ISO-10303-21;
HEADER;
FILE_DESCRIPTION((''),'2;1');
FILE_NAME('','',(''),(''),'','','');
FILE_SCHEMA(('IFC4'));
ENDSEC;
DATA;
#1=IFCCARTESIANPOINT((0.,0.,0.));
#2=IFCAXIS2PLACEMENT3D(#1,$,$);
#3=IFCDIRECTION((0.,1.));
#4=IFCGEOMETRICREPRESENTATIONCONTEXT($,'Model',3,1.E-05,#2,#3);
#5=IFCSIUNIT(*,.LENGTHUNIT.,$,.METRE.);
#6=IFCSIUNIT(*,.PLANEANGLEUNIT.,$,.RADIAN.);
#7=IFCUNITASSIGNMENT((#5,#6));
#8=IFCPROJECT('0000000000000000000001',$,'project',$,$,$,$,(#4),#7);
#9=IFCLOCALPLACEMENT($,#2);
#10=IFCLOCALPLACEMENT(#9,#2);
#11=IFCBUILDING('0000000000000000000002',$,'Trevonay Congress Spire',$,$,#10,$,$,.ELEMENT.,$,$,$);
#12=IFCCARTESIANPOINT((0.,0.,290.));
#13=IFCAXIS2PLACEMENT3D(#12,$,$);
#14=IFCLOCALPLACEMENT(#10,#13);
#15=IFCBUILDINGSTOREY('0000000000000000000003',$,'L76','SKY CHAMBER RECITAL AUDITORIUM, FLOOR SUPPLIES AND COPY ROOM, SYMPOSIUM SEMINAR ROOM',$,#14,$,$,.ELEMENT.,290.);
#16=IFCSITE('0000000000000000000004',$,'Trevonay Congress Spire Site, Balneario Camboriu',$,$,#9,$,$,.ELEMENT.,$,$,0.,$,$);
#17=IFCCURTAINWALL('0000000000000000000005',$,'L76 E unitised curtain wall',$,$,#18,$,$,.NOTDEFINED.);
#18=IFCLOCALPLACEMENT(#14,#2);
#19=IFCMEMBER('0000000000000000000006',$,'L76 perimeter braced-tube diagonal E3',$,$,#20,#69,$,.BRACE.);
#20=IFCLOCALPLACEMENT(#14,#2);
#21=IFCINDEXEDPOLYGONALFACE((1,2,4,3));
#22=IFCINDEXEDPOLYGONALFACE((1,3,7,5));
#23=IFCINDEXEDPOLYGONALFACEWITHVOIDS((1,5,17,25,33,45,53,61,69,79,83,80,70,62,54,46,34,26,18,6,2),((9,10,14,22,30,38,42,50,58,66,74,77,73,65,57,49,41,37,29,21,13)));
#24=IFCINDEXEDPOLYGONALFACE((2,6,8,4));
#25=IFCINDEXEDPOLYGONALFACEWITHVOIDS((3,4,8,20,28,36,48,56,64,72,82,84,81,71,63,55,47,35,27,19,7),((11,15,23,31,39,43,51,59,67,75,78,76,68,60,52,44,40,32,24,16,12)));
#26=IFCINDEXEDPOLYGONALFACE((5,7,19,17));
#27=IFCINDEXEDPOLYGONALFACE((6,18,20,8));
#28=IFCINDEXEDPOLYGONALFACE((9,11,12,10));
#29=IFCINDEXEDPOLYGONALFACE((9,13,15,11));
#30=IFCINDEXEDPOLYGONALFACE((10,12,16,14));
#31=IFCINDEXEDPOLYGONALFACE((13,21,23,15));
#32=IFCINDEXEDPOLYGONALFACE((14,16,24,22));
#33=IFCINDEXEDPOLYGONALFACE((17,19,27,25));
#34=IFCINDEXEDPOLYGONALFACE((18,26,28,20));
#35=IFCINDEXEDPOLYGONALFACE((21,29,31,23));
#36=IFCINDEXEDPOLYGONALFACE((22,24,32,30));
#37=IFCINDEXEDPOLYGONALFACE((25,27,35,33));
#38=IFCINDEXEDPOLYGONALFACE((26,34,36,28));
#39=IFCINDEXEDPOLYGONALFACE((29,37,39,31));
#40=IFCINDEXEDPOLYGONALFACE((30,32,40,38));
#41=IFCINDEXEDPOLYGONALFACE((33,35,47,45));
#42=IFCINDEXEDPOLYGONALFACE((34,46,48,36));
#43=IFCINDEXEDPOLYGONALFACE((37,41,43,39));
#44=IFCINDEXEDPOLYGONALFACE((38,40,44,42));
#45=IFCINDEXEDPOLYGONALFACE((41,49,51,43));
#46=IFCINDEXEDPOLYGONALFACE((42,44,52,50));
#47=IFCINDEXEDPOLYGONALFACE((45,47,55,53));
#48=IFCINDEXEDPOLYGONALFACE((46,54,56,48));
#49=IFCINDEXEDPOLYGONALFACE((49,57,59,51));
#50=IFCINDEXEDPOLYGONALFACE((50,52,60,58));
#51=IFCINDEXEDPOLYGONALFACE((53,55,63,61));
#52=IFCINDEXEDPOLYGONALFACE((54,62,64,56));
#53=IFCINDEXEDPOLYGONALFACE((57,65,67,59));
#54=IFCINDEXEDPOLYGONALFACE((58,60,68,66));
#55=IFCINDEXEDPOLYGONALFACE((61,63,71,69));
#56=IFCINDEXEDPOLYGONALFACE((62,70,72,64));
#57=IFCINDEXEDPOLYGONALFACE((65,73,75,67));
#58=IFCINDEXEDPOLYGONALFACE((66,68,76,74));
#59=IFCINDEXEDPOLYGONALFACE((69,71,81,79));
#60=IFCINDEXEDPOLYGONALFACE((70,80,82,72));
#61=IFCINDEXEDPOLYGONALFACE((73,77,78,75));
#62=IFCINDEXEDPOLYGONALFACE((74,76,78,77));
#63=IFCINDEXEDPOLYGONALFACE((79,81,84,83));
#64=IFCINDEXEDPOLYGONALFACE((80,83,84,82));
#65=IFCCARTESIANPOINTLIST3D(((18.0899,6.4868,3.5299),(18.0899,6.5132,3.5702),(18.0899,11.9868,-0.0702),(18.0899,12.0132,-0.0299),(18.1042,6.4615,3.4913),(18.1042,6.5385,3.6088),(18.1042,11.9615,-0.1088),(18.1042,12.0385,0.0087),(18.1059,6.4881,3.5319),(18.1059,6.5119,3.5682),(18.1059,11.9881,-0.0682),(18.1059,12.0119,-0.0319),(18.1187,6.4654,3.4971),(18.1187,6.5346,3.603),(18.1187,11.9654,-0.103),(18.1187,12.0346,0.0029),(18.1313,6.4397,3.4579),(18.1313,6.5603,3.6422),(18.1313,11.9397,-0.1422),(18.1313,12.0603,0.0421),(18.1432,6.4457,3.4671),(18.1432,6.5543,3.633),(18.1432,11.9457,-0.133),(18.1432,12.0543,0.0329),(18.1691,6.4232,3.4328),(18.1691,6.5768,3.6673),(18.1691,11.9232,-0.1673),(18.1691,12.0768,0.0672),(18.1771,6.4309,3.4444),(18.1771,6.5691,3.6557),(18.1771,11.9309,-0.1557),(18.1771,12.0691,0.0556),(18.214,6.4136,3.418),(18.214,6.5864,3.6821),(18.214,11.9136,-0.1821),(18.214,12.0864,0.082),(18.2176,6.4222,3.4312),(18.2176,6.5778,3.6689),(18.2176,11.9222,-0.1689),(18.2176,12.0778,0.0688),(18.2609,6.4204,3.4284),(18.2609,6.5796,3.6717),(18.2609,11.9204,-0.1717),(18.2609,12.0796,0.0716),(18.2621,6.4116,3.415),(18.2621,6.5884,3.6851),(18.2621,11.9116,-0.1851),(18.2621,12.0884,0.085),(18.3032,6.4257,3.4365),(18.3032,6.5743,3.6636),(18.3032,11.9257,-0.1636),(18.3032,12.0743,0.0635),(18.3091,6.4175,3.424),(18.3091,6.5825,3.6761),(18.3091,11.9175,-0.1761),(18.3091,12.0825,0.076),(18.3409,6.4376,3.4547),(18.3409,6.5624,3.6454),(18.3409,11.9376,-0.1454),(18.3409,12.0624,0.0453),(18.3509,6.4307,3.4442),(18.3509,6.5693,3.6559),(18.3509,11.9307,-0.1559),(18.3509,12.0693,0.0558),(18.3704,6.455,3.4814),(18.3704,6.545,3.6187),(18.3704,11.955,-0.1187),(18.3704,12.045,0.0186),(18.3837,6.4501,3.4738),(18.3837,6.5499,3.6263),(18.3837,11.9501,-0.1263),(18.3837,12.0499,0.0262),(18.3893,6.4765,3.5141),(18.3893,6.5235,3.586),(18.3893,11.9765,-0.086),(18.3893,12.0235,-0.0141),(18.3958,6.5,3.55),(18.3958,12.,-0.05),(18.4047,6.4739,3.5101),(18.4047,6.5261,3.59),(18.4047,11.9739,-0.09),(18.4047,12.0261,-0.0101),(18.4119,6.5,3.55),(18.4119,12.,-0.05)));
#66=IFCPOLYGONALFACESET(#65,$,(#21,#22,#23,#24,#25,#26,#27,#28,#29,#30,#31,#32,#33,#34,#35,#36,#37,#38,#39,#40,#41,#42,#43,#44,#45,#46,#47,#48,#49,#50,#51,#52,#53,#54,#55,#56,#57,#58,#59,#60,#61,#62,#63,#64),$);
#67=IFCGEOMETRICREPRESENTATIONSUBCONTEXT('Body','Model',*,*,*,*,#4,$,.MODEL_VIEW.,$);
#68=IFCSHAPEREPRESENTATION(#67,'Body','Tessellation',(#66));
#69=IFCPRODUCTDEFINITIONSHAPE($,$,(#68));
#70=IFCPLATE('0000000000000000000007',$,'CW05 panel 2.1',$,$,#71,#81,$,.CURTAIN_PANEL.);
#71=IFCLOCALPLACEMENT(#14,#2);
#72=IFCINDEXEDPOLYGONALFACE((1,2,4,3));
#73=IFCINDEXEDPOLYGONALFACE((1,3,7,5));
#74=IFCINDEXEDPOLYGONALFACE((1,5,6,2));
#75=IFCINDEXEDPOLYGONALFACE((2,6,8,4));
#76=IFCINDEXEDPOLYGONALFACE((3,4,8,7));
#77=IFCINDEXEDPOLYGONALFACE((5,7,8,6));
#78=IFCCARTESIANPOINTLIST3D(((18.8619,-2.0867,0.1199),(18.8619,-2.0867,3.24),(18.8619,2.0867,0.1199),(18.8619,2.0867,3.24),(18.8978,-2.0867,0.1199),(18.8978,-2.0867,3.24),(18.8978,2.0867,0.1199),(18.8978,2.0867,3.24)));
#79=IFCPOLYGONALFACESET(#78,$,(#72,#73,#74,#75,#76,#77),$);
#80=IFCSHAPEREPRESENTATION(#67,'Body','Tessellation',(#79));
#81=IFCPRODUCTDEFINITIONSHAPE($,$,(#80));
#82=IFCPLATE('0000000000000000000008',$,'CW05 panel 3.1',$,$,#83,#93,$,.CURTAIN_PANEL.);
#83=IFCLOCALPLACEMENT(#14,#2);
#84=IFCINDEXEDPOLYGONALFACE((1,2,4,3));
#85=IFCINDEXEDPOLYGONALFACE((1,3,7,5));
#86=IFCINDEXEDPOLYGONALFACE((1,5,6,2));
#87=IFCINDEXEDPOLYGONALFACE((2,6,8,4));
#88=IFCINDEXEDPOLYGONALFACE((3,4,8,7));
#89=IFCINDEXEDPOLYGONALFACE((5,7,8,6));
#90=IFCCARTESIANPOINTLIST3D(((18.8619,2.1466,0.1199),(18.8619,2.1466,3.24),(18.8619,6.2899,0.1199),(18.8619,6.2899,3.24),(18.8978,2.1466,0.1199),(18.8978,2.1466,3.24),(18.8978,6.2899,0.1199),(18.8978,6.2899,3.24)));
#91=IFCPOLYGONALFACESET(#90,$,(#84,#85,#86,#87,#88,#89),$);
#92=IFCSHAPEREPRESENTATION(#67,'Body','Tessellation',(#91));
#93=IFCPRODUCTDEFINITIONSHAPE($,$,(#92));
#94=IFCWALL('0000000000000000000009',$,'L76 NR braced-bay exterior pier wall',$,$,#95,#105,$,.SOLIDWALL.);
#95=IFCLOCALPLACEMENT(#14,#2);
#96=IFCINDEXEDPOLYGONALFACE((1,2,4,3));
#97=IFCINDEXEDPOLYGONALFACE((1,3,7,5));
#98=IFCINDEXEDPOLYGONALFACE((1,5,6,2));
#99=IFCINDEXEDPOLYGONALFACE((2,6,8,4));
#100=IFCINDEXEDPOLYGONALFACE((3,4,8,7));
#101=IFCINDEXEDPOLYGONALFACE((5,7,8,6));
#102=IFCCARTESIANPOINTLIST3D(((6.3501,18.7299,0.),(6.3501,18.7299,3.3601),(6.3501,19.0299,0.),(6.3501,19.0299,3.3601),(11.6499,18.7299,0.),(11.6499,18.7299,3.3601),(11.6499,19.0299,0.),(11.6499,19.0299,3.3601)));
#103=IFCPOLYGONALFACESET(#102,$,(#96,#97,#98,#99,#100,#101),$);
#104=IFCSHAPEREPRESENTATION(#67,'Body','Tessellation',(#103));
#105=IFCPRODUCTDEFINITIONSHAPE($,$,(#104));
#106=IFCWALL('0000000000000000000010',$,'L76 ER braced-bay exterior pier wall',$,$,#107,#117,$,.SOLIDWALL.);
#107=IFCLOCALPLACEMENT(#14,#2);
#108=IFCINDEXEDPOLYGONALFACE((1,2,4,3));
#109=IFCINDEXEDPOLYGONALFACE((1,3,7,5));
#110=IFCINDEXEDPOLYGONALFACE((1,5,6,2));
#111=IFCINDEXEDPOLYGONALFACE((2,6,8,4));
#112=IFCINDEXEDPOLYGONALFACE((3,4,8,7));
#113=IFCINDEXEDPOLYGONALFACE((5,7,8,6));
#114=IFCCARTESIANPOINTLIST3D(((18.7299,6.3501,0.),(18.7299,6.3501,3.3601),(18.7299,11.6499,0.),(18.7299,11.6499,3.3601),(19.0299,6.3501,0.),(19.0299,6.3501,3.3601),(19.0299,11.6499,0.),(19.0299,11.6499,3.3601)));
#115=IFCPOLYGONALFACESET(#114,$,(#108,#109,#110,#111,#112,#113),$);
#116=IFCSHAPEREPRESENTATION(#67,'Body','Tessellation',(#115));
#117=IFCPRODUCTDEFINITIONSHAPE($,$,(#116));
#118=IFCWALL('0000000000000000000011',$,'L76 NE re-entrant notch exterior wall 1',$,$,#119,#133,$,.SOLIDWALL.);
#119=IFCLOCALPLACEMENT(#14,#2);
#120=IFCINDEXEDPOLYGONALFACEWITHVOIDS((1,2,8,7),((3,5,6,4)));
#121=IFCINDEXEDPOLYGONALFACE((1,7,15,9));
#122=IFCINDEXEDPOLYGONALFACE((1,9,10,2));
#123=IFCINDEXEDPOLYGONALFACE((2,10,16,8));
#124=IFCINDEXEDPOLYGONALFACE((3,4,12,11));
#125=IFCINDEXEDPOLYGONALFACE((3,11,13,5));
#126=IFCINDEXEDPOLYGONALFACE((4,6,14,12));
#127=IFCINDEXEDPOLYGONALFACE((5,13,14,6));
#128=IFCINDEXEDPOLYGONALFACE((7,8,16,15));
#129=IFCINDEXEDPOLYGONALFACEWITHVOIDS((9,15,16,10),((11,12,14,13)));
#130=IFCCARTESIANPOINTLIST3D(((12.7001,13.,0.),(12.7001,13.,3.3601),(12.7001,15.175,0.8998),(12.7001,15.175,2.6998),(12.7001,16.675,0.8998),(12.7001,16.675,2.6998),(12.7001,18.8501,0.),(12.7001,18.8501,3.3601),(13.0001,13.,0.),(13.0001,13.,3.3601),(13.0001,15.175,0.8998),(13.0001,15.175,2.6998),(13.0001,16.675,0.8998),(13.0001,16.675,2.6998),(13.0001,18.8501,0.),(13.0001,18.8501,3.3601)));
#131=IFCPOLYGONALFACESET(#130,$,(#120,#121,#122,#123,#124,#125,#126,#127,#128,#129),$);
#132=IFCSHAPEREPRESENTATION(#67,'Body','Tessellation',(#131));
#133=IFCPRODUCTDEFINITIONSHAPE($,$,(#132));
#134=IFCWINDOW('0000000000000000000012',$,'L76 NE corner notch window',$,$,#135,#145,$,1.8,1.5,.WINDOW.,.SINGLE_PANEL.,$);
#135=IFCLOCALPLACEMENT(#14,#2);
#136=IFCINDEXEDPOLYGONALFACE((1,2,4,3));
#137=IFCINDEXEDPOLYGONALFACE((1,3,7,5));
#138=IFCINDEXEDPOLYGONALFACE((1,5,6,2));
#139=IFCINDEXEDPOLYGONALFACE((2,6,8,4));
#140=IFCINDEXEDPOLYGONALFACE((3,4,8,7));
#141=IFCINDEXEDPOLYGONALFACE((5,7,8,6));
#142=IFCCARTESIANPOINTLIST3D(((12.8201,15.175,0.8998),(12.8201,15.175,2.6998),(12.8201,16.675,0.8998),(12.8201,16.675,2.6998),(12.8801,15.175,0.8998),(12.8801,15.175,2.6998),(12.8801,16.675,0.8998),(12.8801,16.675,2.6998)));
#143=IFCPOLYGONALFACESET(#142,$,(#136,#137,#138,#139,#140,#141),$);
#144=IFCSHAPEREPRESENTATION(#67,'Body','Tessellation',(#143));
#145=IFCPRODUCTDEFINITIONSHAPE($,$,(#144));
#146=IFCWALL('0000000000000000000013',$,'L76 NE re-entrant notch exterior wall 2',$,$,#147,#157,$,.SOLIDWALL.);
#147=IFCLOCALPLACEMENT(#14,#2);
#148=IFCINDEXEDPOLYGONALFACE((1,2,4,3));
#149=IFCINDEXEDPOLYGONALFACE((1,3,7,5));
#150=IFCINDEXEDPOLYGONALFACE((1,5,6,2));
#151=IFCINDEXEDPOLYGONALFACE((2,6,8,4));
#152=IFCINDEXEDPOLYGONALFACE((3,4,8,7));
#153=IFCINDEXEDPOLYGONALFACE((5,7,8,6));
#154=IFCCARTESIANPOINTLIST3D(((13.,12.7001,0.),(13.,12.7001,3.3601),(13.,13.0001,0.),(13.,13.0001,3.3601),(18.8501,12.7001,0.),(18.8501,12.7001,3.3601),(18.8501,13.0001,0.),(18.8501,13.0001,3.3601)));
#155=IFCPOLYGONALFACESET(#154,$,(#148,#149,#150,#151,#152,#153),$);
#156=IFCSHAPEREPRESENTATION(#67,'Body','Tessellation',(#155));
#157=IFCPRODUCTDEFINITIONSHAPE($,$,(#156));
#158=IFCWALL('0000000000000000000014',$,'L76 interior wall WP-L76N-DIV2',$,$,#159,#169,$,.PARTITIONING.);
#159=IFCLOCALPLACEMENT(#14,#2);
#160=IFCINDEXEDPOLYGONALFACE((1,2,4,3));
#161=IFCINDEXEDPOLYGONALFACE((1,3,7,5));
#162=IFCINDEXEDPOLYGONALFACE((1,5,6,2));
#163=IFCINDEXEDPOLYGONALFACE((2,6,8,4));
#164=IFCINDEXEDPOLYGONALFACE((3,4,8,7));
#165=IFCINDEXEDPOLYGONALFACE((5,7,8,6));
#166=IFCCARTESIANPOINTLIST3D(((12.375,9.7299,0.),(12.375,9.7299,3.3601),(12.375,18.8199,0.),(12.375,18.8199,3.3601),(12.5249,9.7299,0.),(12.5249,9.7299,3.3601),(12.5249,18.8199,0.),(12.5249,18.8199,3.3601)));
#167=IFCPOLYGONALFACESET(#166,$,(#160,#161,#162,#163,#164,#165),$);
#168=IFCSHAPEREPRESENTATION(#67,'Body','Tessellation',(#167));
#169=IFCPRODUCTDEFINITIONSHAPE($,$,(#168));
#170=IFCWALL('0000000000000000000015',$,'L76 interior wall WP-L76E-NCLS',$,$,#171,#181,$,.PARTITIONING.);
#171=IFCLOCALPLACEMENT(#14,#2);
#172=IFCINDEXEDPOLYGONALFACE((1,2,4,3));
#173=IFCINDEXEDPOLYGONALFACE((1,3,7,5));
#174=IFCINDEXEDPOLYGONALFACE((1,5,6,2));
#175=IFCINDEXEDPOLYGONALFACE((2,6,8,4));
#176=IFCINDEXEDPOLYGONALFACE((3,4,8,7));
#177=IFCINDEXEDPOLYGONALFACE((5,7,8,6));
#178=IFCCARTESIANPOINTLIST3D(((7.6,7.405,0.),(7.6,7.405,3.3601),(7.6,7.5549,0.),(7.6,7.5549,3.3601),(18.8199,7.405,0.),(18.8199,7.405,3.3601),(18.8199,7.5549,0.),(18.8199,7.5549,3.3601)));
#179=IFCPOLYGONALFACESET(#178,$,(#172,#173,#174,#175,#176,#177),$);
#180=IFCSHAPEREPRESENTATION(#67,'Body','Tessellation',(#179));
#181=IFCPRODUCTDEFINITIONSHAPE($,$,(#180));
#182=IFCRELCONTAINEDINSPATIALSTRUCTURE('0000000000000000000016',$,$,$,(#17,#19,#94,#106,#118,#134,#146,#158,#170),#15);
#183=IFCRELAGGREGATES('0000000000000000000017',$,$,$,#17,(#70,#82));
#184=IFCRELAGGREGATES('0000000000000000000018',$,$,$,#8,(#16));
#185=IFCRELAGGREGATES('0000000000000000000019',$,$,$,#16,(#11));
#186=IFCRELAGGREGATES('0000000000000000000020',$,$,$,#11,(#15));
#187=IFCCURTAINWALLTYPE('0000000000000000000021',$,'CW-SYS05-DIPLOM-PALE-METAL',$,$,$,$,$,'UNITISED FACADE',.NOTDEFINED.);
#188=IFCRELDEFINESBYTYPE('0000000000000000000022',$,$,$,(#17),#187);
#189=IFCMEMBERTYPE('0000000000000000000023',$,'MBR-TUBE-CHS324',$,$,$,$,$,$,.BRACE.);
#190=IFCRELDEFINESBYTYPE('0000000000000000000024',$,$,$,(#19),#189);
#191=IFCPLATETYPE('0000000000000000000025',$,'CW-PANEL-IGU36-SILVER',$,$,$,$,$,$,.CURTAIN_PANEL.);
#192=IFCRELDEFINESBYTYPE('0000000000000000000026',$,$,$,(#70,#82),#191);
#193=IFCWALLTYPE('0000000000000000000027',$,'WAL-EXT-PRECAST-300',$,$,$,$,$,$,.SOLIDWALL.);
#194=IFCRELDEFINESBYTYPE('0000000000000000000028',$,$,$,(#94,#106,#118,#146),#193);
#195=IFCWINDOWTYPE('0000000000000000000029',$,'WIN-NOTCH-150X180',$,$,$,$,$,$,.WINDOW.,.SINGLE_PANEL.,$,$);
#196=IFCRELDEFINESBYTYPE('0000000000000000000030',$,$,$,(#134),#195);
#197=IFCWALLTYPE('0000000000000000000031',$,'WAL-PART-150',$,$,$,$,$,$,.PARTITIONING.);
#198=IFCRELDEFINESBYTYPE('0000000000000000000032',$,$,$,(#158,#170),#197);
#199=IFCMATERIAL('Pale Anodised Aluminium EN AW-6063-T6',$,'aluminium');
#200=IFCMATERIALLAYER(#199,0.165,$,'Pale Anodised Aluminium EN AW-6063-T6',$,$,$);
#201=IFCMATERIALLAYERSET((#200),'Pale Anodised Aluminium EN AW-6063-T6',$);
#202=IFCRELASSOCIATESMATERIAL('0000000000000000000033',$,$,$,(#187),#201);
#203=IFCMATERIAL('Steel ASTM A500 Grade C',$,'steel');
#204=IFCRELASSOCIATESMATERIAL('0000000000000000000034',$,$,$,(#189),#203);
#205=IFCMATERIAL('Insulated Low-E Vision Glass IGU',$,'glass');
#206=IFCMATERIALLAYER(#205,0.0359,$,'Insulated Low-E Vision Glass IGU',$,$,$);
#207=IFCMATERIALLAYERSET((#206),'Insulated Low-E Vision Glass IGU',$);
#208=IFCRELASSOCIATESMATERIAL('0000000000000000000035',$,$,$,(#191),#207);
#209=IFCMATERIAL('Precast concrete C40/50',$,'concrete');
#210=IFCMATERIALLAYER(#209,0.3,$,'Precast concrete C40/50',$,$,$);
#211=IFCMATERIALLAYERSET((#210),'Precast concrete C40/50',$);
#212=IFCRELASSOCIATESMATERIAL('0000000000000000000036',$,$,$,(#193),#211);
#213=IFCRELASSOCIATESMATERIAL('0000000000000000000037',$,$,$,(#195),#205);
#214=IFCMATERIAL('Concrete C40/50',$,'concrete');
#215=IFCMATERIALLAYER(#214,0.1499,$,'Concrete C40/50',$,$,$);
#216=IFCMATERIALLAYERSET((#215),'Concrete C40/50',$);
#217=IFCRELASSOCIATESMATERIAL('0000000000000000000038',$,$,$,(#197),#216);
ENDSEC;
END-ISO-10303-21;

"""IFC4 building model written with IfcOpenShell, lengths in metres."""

from ifc_helpers import new_model, si_unit, direction, frame, frame_2d, origin, origin_2d, place, context, subcontext, project, spatial, rectangle, hollow_circle, extrude, material, layer, layer_set, material_profile, profile_set, type_object, element, fill, aggregate, save


model = new_model("IFC4")

# Units and contexts
model_context = context("Model", 3, precision=1e-05, world=origin(), true_north=direction((0.0, 1.0)))
body_context = subcontext(model_context, "Body", "Model", "MODEL_VIEW")
ifc_project = project(units=[si_unit("LENGTHUNIT", "METRE"), si_unit("PLANEANGLEUNIT", "RADIAN")], contexts=[model_context])

# Site, building, storey
site_placement = place(None, origin())
site = spatial("IfcSite", under=ifc_project, at=site_placement, Name="Trevonay Congress Spire Site, Balneario Camboriu", CompositionType="ELEMENT", RefElevation=0.0)
building_placement = place(site_placement, origin())
building = spatial("IfcBuilding", under=site, at=building_placement, Name="Trevonay Congress Spire", CompositionType="ELEMENT")
storey_placement = place(building_placement, frame((0.0, 0.0, 290.0)))
storey = spatial("IfcBuildingStorey", under=building, at=storey_placement, Name="L76", Description="SKY CHAMBER RECITAL AUDITORIUM, FLOOR SUPPLIES AND COPY ROOM, SYMPOSIUM SEMINAR ROOM", CompositionType="ELEMENT", Elevation=290.0)

# Shared definitions
ifc_material_1 = material(Name="Pale Anodised Aluminium EN AW-6063-T6", Category="aluminium")
ifc_layer_1 = layer(ifc_material_1, 0.165, Name="Pale Anodised Aluminium EN AW-6063-T6")
ifc_layer_set_1 = layer_set([ifc_layer_1], Name="Pale Anodised Aluminium EN AW-6063-T6")
curtain_wall_type = type_object("IfcCurtainWallType", Name="CW-SYS05-DIPLOM-PALE-METAL", ElementType="UNITISED FACADE", PredefinedType="NOTDEFINED", material=ifc_layer_set_1)

# Curtain wall
curtain_wall_1_placement = place(storey_placement, origin())
curtain_wall_1 = element("IfcCurtainWall", 1, at=curtain_wall_1_placement, inside=storey, type_object=curtain_wall_type, Name="L76 E unitised curtain wall", PredefinedType="NOTDEFINED")

# Member
ifc_material_2 = material(Name="Steel ASTM A500 Grade C", Category="steel")
ifc_material_profile_1 = material_profile(ifc_material_2, hollow_circle(Radius=0.1619, WallThickness=0.0161, at=origin_2d()), Name="CHS 323.9x16")
ifc_profile_set_1 = profile_set([ifc_material_profile_1], Name="Steel ASTM A500 Grade C")
member_type_1 = type_object("IfcMemberType", Name="MBR-TUBE-CHS324", PredefinedType="BRACE", material=ifc_profile_set_1)
for number, where, z_axis, x_axis, name in (
    (2, (18.25, 12.0, -0.05), (0.0, -0.836695, 0.54767), (1.0, 0.0, 0.0), "L76 perimeter braced-tube diagonal E3"),
):
    element("IfcMember", number, at=place(storey_placement, frame(where, z_axis=z_axis, x_axis=x_axis)), inside=storey, type_object=member_type_1, Name=name, PredefinedType="BRACE", context=body_context, shape_type="SweptSolid", body=[
        extrude(hollow_circle(Radius=0.1619, WallThickness=0.0161, at=origin_2d()), origin(), (0.0, 0.0, 1.0), 6.5735),
    ])

# Plates
ifc_material_3 = material(Name="Insulated Low-E Vision Glass IGU", Category="glass")
ifc_layer_2 = layer(ifc_material_3, 0.0359, Name="Insulated Low-E Vision Glass IGU")
ifc_layer_set_2 = layer_set([ifc_layer_2], Name="Insulated Low-E Vision Glass IGU")
plate_type = type_object("IfcPlateType", Name="CW-PANEL-IGU36-SILVER", PredefinedType="CURTAIN_PANEL", material=ifc_layer_set_2)
plate_1_placement = place(storey_placement, frame((18.8799, 0.0, 0.1199), z_axis=(0.0, 0.0, 1.0), x_axis=(0.0, 1.0, 0.0)))
plate_1 = element("IfcPlate", 3, at=plate_1_placement, type_object=plate_type, Name="CW05 panel 2.1", PredefinedType="CURTAIN_PANEL", context=body_context, shape_type="SweptSolid", body=[
    extrude(rectangle(XDim=4.1733, YDim=0.0359, at=origin_2d()), origin(), (0.0, 0.0, 1.0), 3.1201),
])
plate_2_placement = place(storey_placement, frame((18.8799, 4.2183, 0.1199), z_axis=(0.0, 0.0, 1.0), x_axis=(0.0, 1.0, 0.0)))
plate_2 = element("IfcPlate", 4, at=plate_2_placement, type_object=plate_type, Name="CW05 panel 3.1", PredefinedType="CURTAIN_PANEL", context=body_context, shape_type="SweptSolid", body=[
    extrude(rectangle(XDim=4.1433, YDim=0.0359, at=origin_2d()), origin(), (0.0, 0.0, 1.0), 3.1201),
])
aggregate(curtain_wall_1, [plate_1, plate_2])

# Walls
ifc_material_4 = material(Name="Precast concrete C40/50", Category="concrete")
ifc_layer_3 = layer(ifc_material_4, 0.3, Name="Precast concrete C40/50")
ifc_layer_set_3 = layer_set([ifc_layer_3], Name="Precast concrete C40/50")
wall_type_1 = type_object("IfcWallType", Name="WAL-EXT-PRECAST-300", PredefinedType="SOLIDWALL", material=ifc_layer_set_3)
for number, where, z_axis, x_axis, name in (
    (5, (6.3501, 18.8799, 0.0), (0.0, 0.0, 1.0), (1.0, 0.0, 0.0), "L76 NR braced-bay exterior pier wall"),
    (6, (18.8799, 6.3501, 0.0), (0.0, 0.0, 1.0), (0.0, 1.0, 0.0), "L76 ER braced-bay exterior pier wall"),
):
    element("IfcWall", number, at=place(storey_placement, frame(where, z_axis=z_axis, x_axis=x_axis)), inside=storey, type_object=wall_type_1, Name=name, PredefinedType="SOLIDWALL", context=body_context, shape_type="SweptSolid", body=[
        extrude(rectangle(XDim=5.2998, YDim=0.3, at=frame_2d((2.6499, 0.0))), origin(), (0.0, 0.0, 1.0), 3.3601),
    ])

# Wall, opening, window
wall_1_placement = place(storey_placement, frame((12.8501, 18.8501, 0.0), z_axis=(0.0, 0.0, 1.0), x_axis=(0.0, -1.0, 0.0)))
wall_1 = element("IfcWall", 7, at=wall_1_placement, inside=storey, type_object=wall_type_1, Name="L76 NE re-entrant notch exterior wall 1", PredefinedType="SOLIDWALL", context=body_context, shape_type="SweptSolid", body=[
    extrude(rectangle(XDim=5.8501, YDim=0.3, at=frame_2d((2.925, 0.0))), origin(), (0.0, 0.0, 1.0), 3.3601),
])
opening_placement = place(wall_1_placement, frame((2.175, 0.0, 0.8999)))
opening = element("IfcOpeningElement", 8, at=opening_placement, cuts=wall_1, PredefinedType="OPENING", context=body_context, shape_type="SweptSolid", body=[
    extrude(rectangle(XDim=1.5, YDim=1.8, at=frame_2d((0.75, 0.8999))), frame((0.0, 0.1602, 0.0), z_axis=(0.0, -1.0, 0.0), x_axis=(1.0, 0.0, 0.0)), (0.0, 0.0, 1.0), 0.3201),
])
window_type = type_object("IfcWindowType", Name="WIN-NOTCH-150X180", PartitioningType="SINGLE_PANEL", PredefinedType="WINDOW", material=ifc_material_3)
window_placement = place(opening_placement, origin())
window = element("IfcWindow", 9, at=window_placement, inside=storey, type_object=window_type, Name="L76 NE corner notch window", OverallHeight=1.8, OverallWidth=1.5, PartitioningType="SINGLE_PANEL", PredefinedType="WINDOW", context=body_context, shape_type="SweptSolid", body=[
    extrude(rectangle(XDim=1.5, YDim=1.8, at=frame_2d((0.75, 0.8999))), frame((0.0, 0.03, 0.0), z_axis=(0.0, -1.0, 0.0), x_axis=(1.0, 0.0, 0.0)), (0.0, 0.0, 1.0), 0.0601),
])
fill(opening, window)

# Walls
wall_2_placement = place(storey_placement, frame((18.8501, 12.8501, 0.0), z_axis=(0.0, 0.0, 1.0), x_axis=(-1.0, 0.0, 0.0)))
element("IfcWall", 10, at=wall_2_placement, inside=storey, type_object=wall_type_1, Name="L76 NE re-entrant notch exterior wall 2", PredefinedType="SOLIDWALL", context=body_context, shape_type="SweptSolid", body=[
    extrude(rectangle(XDim=5.8501, YDim=0.3, at=frame_2d((2.925, 0.0))), origin(), (0.0, 0.0, 1.0), 3.3601),
])
ifc_material_5 = material(Name="Concrete C40/50", Category="concrete")
ifc_layer_4 = layer(ifc_material_5, 0.1499, Name="Concrete C40/50")
ifc_layer_set_4 = layer_set([ifc_layer_4], Name="Concrete C40/50")
wall_type_2 = type_object("IfcWallType", Name="WAL-PART-150", PredefinedType="PARTITIONING", material=ifc_layer_set_4)
wall_3_placement = place(storey_placement, frame((12.45, 9.73, 0.0), z_axis=(0.0, 0.0, 1.0), x_axis=(0.0, 1.0, 0.0)))
element("IfcWall", 11, at=wall_3_placement, inside=storey, type_object=wall_type_2, Name="L76 interior wall WP-L76N-DIV2", PredefinedType="PARTITIONING", context=body_context, shape_type="SweptSolid", body=[
    extrude(rectangle(XDim=9.0901, YDim=0.1499, at=frame_2d((4.5449, 0.0))), origin(), (0.0, 0.0, 1.0), 3.3601),
])
wall_4_placement = place(storey_placement, frame((7.6001, 7.48, 0.0), z_axis=(0.0, 0.0, 1.0), x_axis=(1.0, 0.0, 0.0)))
element("IfcWall", 12, at=wall_4_placement, inside=storey, type_object=wall_type_2, Name="L76 interior wall WP-L76E-NCLS", PredefinedType="PARTITIONING", context=body_context, shape_type="SweptSolid", body=[
    extrude(rectangle(XDim=11.22, YDim=0.1499, at=frame_2d((5.6099, 0.0))), origin(), (0.0, 0.0, 1.0), 3.3601),
])

save(model, "model.ifc")
